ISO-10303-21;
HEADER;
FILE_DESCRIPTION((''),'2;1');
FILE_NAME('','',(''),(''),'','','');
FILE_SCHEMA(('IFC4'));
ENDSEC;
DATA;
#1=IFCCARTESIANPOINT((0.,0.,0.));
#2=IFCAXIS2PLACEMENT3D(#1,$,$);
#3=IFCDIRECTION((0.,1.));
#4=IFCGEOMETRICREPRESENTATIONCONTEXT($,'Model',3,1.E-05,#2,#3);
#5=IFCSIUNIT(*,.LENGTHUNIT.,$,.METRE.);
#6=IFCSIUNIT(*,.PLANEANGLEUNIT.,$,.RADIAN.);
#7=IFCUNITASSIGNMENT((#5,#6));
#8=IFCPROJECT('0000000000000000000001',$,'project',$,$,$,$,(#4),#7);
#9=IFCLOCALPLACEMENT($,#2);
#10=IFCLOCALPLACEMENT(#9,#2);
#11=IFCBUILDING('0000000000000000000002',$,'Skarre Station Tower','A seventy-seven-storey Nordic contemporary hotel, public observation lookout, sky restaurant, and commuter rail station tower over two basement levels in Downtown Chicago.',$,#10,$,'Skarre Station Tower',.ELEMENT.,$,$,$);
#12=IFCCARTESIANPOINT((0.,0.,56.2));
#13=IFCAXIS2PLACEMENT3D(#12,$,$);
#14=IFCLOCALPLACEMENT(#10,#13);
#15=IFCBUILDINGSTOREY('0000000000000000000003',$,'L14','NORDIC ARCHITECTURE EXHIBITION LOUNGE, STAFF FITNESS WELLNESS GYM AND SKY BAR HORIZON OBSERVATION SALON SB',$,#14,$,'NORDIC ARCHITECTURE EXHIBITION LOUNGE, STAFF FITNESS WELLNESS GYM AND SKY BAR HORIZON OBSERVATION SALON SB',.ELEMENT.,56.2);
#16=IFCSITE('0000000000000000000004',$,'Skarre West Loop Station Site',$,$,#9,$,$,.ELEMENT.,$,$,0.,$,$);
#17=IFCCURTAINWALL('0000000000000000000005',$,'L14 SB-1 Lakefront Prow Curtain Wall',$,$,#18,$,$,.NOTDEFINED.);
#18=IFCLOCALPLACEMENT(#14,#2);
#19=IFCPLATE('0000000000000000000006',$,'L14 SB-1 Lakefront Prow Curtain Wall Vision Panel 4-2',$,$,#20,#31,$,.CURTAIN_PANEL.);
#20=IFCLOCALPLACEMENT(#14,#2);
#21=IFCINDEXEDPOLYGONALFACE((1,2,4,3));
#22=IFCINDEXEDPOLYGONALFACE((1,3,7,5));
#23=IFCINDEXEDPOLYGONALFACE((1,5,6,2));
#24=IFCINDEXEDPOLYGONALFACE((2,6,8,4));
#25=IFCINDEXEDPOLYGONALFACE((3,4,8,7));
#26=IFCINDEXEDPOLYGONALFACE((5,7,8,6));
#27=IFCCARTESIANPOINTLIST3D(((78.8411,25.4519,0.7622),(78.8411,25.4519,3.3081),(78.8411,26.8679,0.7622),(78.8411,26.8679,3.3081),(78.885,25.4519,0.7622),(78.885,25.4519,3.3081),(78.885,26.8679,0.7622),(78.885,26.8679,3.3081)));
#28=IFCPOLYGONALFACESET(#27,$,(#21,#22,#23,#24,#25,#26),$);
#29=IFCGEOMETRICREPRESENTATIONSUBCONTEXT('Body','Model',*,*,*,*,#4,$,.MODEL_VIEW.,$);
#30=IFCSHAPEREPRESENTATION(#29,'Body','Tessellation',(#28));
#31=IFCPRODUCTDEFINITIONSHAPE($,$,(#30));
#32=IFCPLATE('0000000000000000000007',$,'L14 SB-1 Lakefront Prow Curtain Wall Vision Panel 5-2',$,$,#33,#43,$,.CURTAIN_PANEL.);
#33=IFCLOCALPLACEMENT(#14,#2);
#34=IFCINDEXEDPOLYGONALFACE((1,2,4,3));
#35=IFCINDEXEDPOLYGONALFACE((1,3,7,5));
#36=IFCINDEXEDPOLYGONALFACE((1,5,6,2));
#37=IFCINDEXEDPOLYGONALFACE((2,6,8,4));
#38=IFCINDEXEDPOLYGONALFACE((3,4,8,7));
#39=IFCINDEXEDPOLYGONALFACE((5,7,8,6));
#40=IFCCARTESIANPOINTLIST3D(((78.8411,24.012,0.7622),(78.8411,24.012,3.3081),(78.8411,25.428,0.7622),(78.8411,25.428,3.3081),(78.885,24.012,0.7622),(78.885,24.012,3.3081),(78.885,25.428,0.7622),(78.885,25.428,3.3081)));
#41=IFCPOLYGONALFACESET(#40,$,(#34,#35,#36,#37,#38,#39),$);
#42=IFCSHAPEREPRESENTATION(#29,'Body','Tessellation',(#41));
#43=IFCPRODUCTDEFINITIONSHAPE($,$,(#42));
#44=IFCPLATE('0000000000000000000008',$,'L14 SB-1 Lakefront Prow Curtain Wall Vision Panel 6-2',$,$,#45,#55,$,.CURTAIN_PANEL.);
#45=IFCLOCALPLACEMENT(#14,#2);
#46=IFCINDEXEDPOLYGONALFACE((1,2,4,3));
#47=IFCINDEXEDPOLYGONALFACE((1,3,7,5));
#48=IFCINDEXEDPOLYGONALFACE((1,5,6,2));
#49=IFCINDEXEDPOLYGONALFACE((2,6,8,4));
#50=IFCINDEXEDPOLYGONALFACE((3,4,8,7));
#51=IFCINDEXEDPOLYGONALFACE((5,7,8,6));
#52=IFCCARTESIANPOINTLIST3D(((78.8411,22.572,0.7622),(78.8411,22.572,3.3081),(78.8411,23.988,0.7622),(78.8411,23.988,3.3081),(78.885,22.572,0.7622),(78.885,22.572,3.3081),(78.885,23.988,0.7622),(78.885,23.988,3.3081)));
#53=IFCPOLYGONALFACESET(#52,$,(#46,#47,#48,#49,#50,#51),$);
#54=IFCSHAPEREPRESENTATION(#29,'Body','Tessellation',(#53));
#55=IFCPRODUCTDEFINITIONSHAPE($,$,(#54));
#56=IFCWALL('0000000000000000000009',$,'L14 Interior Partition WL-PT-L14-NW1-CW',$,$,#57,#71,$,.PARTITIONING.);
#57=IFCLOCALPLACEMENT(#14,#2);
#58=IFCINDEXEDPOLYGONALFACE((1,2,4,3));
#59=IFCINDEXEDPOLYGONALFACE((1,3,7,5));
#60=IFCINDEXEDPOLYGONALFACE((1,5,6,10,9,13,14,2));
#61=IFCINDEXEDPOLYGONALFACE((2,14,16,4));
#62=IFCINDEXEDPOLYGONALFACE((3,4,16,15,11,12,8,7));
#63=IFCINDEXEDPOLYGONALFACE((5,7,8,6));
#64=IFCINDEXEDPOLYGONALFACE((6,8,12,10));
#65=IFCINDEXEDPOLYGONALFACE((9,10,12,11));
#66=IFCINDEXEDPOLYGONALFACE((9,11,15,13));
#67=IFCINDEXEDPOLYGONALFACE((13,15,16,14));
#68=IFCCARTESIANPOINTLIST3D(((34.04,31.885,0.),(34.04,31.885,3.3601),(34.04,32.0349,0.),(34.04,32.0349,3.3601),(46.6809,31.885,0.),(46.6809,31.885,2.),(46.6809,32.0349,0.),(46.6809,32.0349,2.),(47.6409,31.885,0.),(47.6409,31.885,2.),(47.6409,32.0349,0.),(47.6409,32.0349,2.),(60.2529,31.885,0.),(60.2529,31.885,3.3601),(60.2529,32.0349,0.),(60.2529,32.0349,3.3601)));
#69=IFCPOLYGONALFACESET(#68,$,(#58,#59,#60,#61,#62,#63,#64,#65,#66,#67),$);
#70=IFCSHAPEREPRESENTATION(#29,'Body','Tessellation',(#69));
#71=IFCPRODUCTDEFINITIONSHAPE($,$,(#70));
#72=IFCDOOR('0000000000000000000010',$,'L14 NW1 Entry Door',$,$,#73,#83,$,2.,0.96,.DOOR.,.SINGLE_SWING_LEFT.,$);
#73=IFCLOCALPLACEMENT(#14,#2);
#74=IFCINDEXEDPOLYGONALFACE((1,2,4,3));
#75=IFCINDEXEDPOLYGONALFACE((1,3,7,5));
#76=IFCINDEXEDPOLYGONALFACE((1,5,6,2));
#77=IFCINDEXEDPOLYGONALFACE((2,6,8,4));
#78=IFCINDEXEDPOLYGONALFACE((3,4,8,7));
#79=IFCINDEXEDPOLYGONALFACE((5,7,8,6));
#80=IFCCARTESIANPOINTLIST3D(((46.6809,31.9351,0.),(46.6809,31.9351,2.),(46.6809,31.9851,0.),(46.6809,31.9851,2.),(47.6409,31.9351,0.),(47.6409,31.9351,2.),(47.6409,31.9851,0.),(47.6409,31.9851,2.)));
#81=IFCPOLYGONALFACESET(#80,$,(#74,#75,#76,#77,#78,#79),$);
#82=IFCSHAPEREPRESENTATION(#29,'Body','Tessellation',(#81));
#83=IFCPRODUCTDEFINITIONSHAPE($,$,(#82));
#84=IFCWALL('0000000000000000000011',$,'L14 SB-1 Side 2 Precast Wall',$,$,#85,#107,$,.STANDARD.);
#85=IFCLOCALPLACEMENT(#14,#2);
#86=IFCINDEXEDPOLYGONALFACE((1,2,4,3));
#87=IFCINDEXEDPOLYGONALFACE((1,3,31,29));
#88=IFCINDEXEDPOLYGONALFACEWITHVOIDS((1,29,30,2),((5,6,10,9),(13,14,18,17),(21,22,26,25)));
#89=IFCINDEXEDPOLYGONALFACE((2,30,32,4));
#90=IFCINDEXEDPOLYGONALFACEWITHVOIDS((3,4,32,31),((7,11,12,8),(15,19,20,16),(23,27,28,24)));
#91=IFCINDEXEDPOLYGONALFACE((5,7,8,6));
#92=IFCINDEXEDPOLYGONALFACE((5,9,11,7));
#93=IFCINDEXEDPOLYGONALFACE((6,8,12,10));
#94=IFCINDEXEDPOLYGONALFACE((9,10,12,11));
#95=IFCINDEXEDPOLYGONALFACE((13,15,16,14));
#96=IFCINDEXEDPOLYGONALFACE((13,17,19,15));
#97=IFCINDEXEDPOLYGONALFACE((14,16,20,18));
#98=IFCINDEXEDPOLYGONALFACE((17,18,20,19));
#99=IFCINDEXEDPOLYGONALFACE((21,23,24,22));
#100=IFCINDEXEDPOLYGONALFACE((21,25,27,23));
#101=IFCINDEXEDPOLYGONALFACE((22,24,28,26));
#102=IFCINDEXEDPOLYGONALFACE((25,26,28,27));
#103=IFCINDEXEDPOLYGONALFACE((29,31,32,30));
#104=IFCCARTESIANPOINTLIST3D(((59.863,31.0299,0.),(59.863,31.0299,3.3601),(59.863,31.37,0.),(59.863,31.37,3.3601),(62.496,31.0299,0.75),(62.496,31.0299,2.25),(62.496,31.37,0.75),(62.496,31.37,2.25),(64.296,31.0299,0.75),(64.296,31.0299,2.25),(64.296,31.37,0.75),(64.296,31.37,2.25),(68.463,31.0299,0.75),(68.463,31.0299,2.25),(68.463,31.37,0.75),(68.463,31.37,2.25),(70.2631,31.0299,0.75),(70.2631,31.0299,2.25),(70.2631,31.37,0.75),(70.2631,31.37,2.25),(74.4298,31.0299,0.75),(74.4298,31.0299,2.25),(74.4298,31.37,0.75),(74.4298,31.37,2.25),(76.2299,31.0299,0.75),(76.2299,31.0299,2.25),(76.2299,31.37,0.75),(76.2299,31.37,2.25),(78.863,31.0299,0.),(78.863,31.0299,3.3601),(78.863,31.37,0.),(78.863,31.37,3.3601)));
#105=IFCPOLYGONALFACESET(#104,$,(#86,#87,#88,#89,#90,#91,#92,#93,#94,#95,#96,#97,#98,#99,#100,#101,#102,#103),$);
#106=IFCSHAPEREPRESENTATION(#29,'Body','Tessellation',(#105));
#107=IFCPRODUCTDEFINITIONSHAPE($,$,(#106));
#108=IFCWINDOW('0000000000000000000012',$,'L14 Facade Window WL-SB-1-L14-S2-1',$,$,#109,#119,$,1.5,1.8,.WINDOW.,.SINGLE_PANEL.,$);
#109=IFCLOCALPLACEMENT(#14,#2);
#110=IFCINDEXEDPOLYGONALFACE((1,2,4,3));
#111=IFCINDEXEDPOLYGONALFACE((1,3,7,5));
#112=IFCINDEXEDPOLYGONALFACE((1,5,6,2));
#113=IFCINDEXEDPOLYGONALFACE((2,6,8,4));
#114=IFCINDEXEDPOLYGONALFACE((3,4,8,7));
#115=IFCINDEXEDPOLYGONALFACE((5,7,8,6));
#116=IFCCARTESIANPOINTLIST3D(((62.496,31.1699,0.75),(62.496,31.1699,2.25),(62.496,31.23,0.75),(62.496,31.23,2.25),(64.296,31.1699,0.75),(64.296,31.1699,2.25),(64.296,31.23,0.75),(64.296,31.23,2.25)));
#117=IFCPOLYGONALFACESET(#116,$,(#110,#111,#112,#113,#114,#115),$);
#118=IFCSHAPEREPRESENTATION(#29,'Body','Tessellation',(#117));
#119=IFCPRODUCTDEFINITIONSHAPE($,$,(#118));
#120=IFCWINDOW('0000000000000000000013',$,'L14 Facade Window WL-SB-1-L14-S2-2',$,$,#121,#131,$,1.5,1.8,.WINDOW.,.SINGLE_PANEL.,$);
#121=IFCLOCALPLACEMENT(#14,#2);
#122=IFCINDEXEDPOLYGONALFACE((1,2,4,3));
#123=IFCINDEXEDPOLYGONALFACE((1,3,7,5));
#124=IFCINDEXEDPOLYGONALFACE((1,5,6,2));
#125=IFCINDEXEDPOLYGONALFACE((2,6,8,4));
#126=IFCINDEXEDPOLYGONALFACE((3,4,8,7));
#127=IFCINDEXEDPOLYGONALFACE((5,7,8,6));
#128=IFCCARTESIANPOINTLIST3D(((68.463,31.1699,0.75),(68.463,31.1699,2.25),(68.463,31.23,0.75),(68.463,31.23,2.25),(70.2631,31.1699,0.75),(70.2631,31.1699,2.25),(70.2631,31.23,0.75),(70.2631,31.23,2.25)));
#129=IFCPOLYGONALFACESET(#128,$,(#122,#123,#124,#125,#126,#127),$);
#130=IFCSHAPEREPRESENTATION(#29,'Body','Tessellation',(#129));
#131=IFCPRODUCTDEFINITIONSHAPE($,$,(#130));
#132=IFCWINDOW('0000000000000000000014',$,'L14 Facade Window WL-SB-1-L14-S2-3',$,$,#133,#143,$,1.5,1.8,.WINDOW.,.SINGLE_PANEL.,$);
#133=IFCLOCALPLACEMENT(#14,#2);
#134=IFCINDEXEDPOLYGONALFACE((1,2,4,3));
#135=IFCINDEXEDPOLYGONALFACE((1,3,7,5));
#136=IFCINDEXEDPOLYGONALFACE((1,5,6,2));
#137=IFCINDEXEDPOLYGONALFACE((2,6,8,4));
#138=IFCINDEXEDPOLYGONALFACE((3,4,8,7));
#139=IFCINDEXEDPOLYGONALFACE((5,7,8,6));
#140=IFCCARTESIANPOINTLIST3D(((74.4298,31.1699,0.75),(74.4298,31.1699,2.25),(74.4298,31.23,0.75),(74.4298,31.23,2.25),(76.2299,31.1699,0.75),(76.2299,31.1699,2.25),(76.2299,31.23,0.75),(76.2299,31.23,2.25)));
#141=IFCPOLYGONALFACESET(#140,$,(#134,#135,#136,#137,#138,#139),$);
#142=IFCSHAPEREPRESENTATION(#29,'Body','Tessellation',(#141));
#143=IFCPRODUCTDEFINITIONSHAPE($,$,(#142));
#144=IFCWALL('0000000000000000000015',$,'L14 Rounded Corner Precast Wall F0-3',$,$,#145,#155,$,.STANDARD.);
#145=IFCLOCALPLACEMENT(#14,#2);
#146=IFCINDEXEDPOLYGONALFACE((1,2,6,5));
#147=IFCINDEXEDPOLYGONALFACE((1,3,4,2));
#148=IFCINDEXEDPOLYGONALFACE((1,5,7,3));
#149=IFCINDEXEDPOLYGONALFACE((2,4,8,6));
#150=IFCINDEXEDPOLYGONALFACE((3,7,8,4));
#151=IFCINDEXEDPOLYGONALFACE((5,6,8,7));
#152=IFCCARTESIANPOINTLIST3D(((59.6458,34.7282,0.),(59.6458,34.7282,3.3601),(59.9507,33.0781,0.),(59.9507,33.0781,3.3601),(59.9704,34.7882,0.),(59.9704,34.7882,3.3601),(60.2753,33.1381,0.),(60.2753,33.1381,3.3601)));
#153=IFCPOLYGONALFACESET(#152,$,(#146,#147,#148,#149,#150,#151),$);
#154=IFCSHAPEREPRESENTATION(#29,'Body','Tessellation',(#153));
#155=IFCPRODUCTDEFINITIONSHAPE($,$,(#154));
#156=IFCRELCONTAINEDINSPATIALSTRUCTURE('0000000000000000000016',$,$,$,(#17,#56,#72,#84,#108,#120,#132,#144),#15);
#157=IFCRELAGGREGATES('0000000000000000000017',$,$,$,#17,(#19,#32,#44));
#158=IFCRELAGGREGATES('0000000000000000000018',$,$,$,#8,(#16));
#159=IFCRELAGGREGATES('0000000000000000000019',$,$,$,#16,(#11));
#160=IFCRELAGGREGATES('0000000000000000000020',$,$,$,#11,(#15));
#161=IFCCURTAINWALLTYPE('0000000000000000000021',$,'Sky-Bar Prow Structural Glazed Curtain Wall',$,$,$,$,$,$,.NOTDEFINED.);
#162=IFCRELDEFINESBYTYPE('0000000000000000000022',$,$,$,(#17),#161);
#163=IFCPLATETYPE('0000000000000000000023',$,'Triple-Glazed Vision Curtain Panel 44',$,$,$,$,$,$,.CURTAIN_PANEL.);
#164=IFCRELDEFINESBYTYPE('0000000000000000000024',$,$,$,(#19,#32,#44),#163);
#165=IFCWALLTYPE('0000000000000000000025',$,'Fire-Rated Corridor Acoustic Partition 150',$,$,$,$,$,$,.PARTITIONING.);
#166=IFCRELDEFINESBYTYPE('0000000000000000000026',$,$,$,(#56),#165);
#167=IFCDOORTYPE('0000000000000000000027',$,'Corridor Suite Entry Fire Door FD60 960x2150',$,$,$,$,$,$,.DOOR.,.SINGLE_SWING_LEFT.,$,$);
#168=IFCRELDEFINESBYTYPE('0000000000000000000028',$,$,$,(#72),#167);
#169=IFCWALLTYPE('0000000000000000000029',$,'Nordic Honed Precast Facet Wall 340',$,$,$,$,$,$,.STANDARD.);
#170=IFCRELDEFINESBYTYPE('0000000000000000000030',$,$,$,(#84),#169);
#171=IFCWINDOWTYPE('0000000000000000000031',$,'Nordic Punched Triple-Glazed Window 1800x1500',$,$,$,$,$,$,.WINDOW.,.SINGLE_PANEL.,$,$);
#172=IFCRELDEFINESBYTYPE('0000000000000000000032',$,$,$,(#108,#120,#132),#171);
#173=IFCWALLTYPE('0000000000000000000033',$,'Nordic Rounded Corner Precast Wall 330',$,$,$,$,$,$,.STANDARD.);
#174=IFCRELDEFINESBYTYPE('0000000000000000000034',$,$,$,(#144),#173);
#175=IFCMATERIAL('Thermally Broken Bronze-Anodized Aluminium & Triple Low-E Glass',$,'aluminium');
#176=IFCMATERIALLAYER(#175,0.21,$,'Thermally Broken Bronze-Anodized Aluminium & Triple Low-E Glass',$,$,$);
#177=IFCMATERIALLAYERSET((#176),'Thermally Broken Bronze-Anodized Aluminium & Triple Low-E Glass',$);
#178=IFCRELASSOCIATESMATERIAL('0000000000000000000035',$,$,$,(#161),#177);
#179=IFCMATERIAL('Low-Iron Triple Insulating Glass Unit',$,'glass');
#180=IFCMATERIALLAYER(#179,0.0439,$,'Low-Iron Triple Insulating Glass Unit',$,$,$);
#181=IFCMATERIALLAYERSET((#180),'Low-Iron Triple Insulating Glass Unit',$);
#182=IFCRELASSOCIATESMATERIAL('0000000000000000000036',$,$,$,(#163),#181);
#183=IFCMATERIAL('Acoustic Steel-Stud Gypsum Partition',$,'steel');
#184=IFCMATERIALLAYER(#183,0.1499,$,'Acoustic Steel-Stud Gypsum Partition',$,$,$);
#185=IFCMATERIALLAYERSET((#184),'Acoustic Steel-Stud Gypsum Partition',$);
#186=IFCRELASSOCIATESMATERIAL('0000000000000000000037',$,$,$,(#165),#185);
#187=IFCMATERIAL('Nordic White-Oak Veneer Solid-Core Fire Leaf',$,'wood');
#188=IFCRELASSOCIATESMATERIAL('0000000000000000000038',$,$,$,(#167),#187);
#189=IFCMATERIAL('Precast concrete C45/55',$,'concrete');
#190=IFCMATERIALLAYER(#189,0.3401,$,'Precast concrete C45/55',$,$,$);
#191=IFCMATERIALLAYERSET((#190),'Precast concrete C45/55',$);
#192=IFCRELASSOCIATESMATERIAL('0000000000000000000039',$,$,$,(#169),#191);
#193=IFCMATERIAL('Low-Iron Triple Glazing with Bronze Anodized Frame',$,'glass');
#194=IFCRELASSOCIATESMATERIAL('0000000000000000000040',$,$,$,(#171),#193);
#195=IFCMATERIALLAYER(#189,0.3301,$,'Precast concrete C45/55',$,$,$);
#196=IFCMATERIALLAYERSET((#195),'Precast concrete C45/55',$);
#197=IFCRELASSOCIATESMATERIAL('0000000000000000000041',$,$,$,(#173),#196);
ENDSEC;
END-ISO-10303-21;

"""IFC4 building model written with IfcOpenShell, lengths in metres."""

from ifc_helpers import new_model, si_unit, direction, frame, frame_2d, origin, origin_2d, place, context, subcontext, project, spatial, rectangle, extrude, material, layer, layer_set, type_object, element, fill, aggregate, save


model = new_model("IFC4")

# Units and contexts
model_context = context("Model", 3, precision=1e-05, world=origin(), true_north=direction((0.0, 1.0)))
body_context = subcontext(model_context, "Body", "Model", "MODEL_VIEW")
ifc_project = project(units=[si_unit("LENGTHUNIT", "METRE"), si_unit("PLANEANGLEUNIT", "RADIAN")], contexts=[model_context])

# Site, building, storey
site_placement = place(None, origin())
site = spatial("IfcSite", under=ifc_project, at=site_placement, Name="Skarre West Loop Station Site", CompositionType="ELEMENT", RefElevation=0.0)
building_placement = place(site_placement, origin())
building = spatial("IfcBuilding", under=site, at=building_placement, Name="Skarre Station Tower", Description="A seventy-seven-storey Nordic contemporary hotel, public observation lookout, sky restaurant, and commuter rail station tower over two basement levels in Downtown Chicago.", LongName="Skarre Station Tower", CompositionType="ELEMENT")
storey_placement = place(building_placement, frame((0.0, 0.0, 56.2)))
storey = spatial("IfcBuildingStorey", under=building, at=storey_placement, Name="L14", Description="NORDIC ARCHITECTURE EXHIBITION LOUNGE, STAFF FITNESS WELLNESS GYM AND SKY BAR HORIZON OBSERVATION SALON SB", LongName="NORDIC ARCHITECTURE EXHIBITION LOUNGE, STAFF FITNESS WELLNESS GYM AND SKY BAR HORIZON OBSERVATION SALON SB", CompositionType="ELEMENT", Elevation=56.2)

# Curtain wall
ifc_material_1 = material(Name="Thermally Broken Bronze-Anodized Aluminium & Triple Low-E Glass", Category="aluminium")
ifc_layer_1 = layer(ifc_material_1, 0.21, Name="Thermally Broken Bronze-Anodized Aluminium & Triple Low-E Glass")
ifc_layer_set_1 = layer_set([ifc_layer_1], Name="Thermally Broken Bronze-Anodized Aluminium & Triple Low-E Glass")
curtain_wall_type = type_object("IfcCurtainWallType", Name="Sky-Bar Prow Structural Glazed Curtain Wall", PredefinedType="NOTDEFINED", material=ifc_layer_set_1)
curtain_wall_placement = place(storey_placement, origin())
curtain_wall = element("IfcCurtainWall", 1, at=curtain_wall_placement, inside=storey, type_object=curtain_wall_type, Name="L14 SB-1 Lakefront Prow Curtain Wall", PredefinedType="NOTDEFINED")

# Plates
ifc_material_2 = material(Name="Low-Iron Triple Insulating Glass Unit", Category="glass")
ifc_layer_2 = layer(ifc_material_2, 0.0439, Name="Low-Iron Triple Insulating Glass Unit")
ifc_layer_set_2 = layer_set([ifc_layer_2], Name="Low-Iron Triple Insulating Glass Unit")
plate_type_1 = type_object("IfcPlateType", Name="Triple-Glazed Vision Curtain Panel 44", PredefinedType="CURTAIN_PANEL", material=ifc_layer_set_2)
plate_1_placement = place(storey_placement, frame((78.863, 26.1599, 0.7622), z_axis=(0.0, 0.0, 1.0), x_axis=(0.0, -1.0, 0.0)))
plate_1 = element("IfcPlate", 2, at=plate_1_placement, type_object=plate_type_1, Name="L14 SB-1 Lakefront Prow Curtain Wall Vision Panel 4-2", PredefinedType="CURTAIN_PANEL", context=body_context, shape_type="SweptSolid", body=[
    extrude(rectangle(XDim=1.416, YDim=0.0439, at=origin_2d()), origin(), (0.0, 0.0, 1.0), 2.5459),
])
plate_2_placement = place(storey_placement, frame((78.863, 24.72, 0.7622), z_axis=(0.0, 0.0, 1.0), x_axis=(0.0, -1.0, 0.0)))
plate_2 = element("IfcPlate", 3, at=plate_2_placement, type_object=plate_type_1, Name="L14 SB-1 Lakefront Prow Curtain Wall Vision Panel 5-2", PredefinedType="CURTAIN_PANEL", context=body_context, shape_type="SweptSolid", body=[
    extrude(rectangle(XDim=1.416, YDim=0.0439, at=origin_2d()), origin(), (0.0, 0.0, 1.0), 2.5459),
])
plate_3_placement = place(storey_placement, frame((78.863, 23.28, 0.7622), z_axis=(0.0, 0.0, 1.0), x_axis=(0.0, -1.0, 0.0)))
plate_3 = element("IfcPlate", 4, at=plate_3_placement, type_object=plate_type_1, Name="L14 SB-1 Lakefront Prow Curtain Wall Vision Panel 6-2", PredefinedType="CURTAIN_PANEL", context=body_context, shape_type="SweptSolid", body=[
    extrude(rectangle(XDim=1.416, YDim=0.0439, at=origin_2d()), origin(), (0.0, 0.0, 1.0), 2.5459),
])
aggregate(curtain_wall, [plate_1, plate_2, plate_3])

# Wall, opening, door
ifc_material_3 = material(Name="Acoustic Steel-Stud Gypsum Partition", Category="steel")
ifc_layer_3 = layer(ifc_material_3, 0.1499, Name="Acoustic Steel-Stud Gypsum Partition")
ifc_layer_set_3 = layer_set([ifc_layer_3], Name="Acoustic Steel-Stud Gypsum Partition")
wall_type_1 = type_object("IfcWallType", Name="Fire-Rated Corridor Acoustic Partition 150", PredefinedType="PARTITIONING", material=ifc_layer_set_3)
wall_1_placement = place(storey_placement, frame((60.2529, 31.96, 0.0), z_axis=(0.0, 0.0, 1.0), x_axis=(-1.0, 0.0, 0.0)))
wall_1 = element("IfcWall", 5, at=wall_1_placement, inside=storey, type_object=wall_type_1, Name="L14 Interior Partition WL-PT-L14-NW1-CW", PredefinedType="PARTITIONING", context=body_context, shape_type="SweptSolid", body=[
    extrude(rectangle(XDim=26.2129, YDim=0.1499, at=frame_2d((13.1064, 0.0))), origin(), (0.0, 0.0, 1.0), 3.3601),
])
opening_1_placement = place(wall_1_placement, frame((12.6121, 0.0, 0.0)))
opening_1 = element("IfcOpeningElement", 6, at=opening_1_placement, cuts=wall_1, PredefinedType="OPENING", context=body_context, shape_type="SweptSolid", body=[
    extrude(rectangle(XDim=0.96, YDim=2.0, at=frame_2d((0.48, 1.0))), frame((0.0, 0.085, 0.0), z_axis=(0.0, -1.0, 0.0), x_axis=(1.0, 0.0, 0.0)), (0.0, 0.0, 1.0), 0.1699),
])
ifc_material_4 = material(Name="Nordic White-Oak Veneer Solid-Core Fire Leaf", Category="wood")
door_type = type_object("IfcDoorType", Name="Corridor Suite Entry Fire Door FD60 960x2150", OperationType="SINGLE_SWING_LEFT", PredefinedType="DOOR", material=ifc_material_4)
door_placement = place(opening_1_placement, origin())
door = element("IfcDoor", 7, at=door_placement, inside=storey, type_object=door_type, Name="L14 NW1 Entry Door", OperationType="SINGLE_SWING_LEFT", OverallHeight=2.0, OverallWidth=0.96, PredefinedType="DOOR", context=body_context, shape_type="SweptSolid", body=[
    extrude(rectangle(XDim=0.96, YDim=2.0, at=frame_2d((0.48, 1.0))), frame((0.0, 0.0249, 0.0), z_axis=(0.0, -1.0, 0.0), x_axis=(1.0, 0.0, 0.0)), (0.0, 0.0, 1.0), 0.05),
])
fill(opening_1, door)

# Wall, openings, windows
ifc_material_5 = material(Name="Precast concrete C45/55", Category="concrete")
ifc_layer_4 = layer(ifc_material_5, 0.3401, Name="Precast concrete C45/55")
ifc_layer_set_4 = layer_set([ifc_layer_4], Name="Precast concrete C45/55")
wall_type_2 = type_object("IfcWallType", Name="Nordic Honed Precast Facet Wall 340", PredefinedType="STANDARD", material=ifc_layer_set_4)
wall_2_placement = place(storey_placement, frame((59.863, 31.2, 0.0), z_axis=(0.0, 0.0, 1.0), x_axis=(1.0, 0.0, 0.0)))
wall_2 = element("IfcWall", 8, at=wall_2_placement, inside=storey, type_object=wall_type_2, Name="L14 SB-1 Side 2 Precast Wall", PredefinedType="STANDARD", context=body_context, shape_type="SweptSolid", body=[
    extrude(rectangle(XDim=19.0, YDim=0.3401, at=frame_2d((9.5, 0.0))), origin(), (0.0, 0.0, 1.0), 3.3601),
])
opening_2_placement = place(wall_2_placement, frame((2.6331, 0.0, 0.75)))
opening_2 = element("IfcOpeningElement", 9, at=opening_2_placement, cuts=wall_2, PredefinedType="OPENING", context=body_context, shape_type="SweptSolid", body=[
    extrude(rectangle(XDim=1.8, YDim=1.5, at=frame_2d((0.8999, 0.75))), frame((0.0, 0.1799, 0.0), z_axis=(0.0, -1.0, 0.0), x_axis=(1.0, 0.0, 0.0)), (0.0, 0.0, 1.0), 0.3601),
])
opening_3_placement = place(wall_2_placement, frame((8.6001, 0.0, 0.75)))
opening_3 = element("IfcOpeningElement", 10, at=opening_3_placement, cuts=wall_2, PredefinedType="OPENING", context=body_context, shape_type="SweptSolid", body=[
    extrude(rectangle(XDim=1.8, YDim=1.5, at=frame_2d((0.8999, 0.75))), frame((0.0, 0.1799, 0.0), z_axis=(0.0, -1.0, 0.0), x_axis=(1.0, 0.0, 0.0)), (0.0, 0.0, 1.0), 0.3601),
])
opening_4_placement = place(wall_2_placement, frame((14.5669, 0.0, 0.75)))
opening_4 = element("IfcOpeningElement", 11, at=opening_4_placement, cuts=wall_2, PredefinedType="OPENING", context=body_context, shape_type="SweptSolid", body=[
    extrude(rectangle(XDim=1.8, YDim=1.5, at=frame_2d((0.8999, 0.75))), frame((0.0, 0.1799, 0.0), z_axis=(0.0, -1.0, 0.0), x_axis=(1.0, 0.0, 0.0)), (0.0, 0.0, 1.0), 0.3601),
])
ifc_material_6 = material(Name="Low-Iron Triple Glazing with Bronze Anodized Frame", Category="glass")
window_type = type_object("IfcWindowType", Name="Nordic Punched Triple-Glazed Window 1800x1500", PartitioningType="SINGLE_PANEL", PredefinedType="WINDOW", material=ifc_material_6)
window_1_placement = place(opening_2_placement, origin())
window_1 = element("IfcWindow", 12, at=window_1_placement, inside=storey, type_object=window_type, Name="L14 Facade Window WL-SB-1-L14-S2-1", OverallHeight=1.5, OverallWidth=1.8, PartitioningType="SINGLE_PANEL", PredefinedType="WINDOW", context=body_context, shape_type="SweptSolid", body=[
    extrude(rectangle(XDim=1.8, YDim=1.5, at=frame_2d((0.8999, 0.75))), frame((0.0, 0.03, 0.0), z_axis=(0.0, -1.0, 0.0), x_axis=(1.0, 0.0, 0.0)), (0.0, 0.0, 1.0), 0.0601),
])
fill(opening_2, window_1)
window_2_placement = place(opening_3_placement, origin())
window_2 = element("IfcWindow", 13, at=window_2_placement, inside=storey, type_object=window_type, Name="L14 Facade Window WL-SB-1-L14-S2-2", OverallHeight=1.5, OverallWidth=1.8, PartitioningType="SINGLE_PANEL", PredefinedType="WINDOW", context=body_context, shape_type="SweptSolid", body=[
    extrude(rectangle(XDim=1.8, YDim=1.5, at=frame_2d((0.8999, 0.75))), frame((0.0, 0.03, 0.0), z_axis=(0.0, -1.0, 0.0), x_axis=(1.0, 0.0, 0.0)), (0.0, 0.0, 1.0), 0.0601),
])
fill(opening_3, window_2)
window_3_placement = place(opening_4_placement, origin())
window_3 = element("IfcWindow", 14, at=window_3_placement, inside=storey, type_object=window_type, Name="L14 Facade Window WL-SB-1-L14-S2-3", OverallHeight=1.5, OverallWidth=1.8, PartitioningType="SINGLE_PANEL", PredefinedType="WINDOW", context=body_context, shape_type="SweptSolid", body=[
    extrude(rectangle(XDim=1.8, YDim=1.5, at=frame_2d((0.8999, 0.75))), frame((0.0, 0.03, 0.0), z_axis=(0.0, -1.0, 0.0), x_axis=(1.0, 0.0, 0.0)), (0.0, 0.0, 1.0), 0.0601),
])
fill(opening_4, window_3)

# Wall
ifc_layer_5 = layer(ifc_material_5, 0.3301, Name="Precast concrete C45/55")
ifc_layer_set_5 = layer_set([ifc_layer_5], Name="Precast concrete C45/55")
wall_type_3 = type_object("IfcWallType", Name="Nordic Rounded Corner Precast Wall 330", PredefinedType="STANDARD", material=ifc_layer_set_5)
wall_3_placement = place(storey_placement, frame((59.8081, 34.7581, 0.0), z_axis=(0.0, 0.0, 1.0), x_axis=(0.181714, -0.983351, 0.0)))
element("IfcWall", 15, at=wall_3_placement, inside=storey, type_object=wall_type_3, Name="L14 Rounded Corner Precast Wall F0-3", PredefinedType="STANDARD", context=body_context, shape_type="SweptSolid", body=[
    extrude(rectangle(XDim=1.678, YDim=0.3301, at=frame_2d((0.8389, 0.0))), origin(), (0.0, 0.0, 1.0), 3.3601),
])

save(model, "model.ifc")
